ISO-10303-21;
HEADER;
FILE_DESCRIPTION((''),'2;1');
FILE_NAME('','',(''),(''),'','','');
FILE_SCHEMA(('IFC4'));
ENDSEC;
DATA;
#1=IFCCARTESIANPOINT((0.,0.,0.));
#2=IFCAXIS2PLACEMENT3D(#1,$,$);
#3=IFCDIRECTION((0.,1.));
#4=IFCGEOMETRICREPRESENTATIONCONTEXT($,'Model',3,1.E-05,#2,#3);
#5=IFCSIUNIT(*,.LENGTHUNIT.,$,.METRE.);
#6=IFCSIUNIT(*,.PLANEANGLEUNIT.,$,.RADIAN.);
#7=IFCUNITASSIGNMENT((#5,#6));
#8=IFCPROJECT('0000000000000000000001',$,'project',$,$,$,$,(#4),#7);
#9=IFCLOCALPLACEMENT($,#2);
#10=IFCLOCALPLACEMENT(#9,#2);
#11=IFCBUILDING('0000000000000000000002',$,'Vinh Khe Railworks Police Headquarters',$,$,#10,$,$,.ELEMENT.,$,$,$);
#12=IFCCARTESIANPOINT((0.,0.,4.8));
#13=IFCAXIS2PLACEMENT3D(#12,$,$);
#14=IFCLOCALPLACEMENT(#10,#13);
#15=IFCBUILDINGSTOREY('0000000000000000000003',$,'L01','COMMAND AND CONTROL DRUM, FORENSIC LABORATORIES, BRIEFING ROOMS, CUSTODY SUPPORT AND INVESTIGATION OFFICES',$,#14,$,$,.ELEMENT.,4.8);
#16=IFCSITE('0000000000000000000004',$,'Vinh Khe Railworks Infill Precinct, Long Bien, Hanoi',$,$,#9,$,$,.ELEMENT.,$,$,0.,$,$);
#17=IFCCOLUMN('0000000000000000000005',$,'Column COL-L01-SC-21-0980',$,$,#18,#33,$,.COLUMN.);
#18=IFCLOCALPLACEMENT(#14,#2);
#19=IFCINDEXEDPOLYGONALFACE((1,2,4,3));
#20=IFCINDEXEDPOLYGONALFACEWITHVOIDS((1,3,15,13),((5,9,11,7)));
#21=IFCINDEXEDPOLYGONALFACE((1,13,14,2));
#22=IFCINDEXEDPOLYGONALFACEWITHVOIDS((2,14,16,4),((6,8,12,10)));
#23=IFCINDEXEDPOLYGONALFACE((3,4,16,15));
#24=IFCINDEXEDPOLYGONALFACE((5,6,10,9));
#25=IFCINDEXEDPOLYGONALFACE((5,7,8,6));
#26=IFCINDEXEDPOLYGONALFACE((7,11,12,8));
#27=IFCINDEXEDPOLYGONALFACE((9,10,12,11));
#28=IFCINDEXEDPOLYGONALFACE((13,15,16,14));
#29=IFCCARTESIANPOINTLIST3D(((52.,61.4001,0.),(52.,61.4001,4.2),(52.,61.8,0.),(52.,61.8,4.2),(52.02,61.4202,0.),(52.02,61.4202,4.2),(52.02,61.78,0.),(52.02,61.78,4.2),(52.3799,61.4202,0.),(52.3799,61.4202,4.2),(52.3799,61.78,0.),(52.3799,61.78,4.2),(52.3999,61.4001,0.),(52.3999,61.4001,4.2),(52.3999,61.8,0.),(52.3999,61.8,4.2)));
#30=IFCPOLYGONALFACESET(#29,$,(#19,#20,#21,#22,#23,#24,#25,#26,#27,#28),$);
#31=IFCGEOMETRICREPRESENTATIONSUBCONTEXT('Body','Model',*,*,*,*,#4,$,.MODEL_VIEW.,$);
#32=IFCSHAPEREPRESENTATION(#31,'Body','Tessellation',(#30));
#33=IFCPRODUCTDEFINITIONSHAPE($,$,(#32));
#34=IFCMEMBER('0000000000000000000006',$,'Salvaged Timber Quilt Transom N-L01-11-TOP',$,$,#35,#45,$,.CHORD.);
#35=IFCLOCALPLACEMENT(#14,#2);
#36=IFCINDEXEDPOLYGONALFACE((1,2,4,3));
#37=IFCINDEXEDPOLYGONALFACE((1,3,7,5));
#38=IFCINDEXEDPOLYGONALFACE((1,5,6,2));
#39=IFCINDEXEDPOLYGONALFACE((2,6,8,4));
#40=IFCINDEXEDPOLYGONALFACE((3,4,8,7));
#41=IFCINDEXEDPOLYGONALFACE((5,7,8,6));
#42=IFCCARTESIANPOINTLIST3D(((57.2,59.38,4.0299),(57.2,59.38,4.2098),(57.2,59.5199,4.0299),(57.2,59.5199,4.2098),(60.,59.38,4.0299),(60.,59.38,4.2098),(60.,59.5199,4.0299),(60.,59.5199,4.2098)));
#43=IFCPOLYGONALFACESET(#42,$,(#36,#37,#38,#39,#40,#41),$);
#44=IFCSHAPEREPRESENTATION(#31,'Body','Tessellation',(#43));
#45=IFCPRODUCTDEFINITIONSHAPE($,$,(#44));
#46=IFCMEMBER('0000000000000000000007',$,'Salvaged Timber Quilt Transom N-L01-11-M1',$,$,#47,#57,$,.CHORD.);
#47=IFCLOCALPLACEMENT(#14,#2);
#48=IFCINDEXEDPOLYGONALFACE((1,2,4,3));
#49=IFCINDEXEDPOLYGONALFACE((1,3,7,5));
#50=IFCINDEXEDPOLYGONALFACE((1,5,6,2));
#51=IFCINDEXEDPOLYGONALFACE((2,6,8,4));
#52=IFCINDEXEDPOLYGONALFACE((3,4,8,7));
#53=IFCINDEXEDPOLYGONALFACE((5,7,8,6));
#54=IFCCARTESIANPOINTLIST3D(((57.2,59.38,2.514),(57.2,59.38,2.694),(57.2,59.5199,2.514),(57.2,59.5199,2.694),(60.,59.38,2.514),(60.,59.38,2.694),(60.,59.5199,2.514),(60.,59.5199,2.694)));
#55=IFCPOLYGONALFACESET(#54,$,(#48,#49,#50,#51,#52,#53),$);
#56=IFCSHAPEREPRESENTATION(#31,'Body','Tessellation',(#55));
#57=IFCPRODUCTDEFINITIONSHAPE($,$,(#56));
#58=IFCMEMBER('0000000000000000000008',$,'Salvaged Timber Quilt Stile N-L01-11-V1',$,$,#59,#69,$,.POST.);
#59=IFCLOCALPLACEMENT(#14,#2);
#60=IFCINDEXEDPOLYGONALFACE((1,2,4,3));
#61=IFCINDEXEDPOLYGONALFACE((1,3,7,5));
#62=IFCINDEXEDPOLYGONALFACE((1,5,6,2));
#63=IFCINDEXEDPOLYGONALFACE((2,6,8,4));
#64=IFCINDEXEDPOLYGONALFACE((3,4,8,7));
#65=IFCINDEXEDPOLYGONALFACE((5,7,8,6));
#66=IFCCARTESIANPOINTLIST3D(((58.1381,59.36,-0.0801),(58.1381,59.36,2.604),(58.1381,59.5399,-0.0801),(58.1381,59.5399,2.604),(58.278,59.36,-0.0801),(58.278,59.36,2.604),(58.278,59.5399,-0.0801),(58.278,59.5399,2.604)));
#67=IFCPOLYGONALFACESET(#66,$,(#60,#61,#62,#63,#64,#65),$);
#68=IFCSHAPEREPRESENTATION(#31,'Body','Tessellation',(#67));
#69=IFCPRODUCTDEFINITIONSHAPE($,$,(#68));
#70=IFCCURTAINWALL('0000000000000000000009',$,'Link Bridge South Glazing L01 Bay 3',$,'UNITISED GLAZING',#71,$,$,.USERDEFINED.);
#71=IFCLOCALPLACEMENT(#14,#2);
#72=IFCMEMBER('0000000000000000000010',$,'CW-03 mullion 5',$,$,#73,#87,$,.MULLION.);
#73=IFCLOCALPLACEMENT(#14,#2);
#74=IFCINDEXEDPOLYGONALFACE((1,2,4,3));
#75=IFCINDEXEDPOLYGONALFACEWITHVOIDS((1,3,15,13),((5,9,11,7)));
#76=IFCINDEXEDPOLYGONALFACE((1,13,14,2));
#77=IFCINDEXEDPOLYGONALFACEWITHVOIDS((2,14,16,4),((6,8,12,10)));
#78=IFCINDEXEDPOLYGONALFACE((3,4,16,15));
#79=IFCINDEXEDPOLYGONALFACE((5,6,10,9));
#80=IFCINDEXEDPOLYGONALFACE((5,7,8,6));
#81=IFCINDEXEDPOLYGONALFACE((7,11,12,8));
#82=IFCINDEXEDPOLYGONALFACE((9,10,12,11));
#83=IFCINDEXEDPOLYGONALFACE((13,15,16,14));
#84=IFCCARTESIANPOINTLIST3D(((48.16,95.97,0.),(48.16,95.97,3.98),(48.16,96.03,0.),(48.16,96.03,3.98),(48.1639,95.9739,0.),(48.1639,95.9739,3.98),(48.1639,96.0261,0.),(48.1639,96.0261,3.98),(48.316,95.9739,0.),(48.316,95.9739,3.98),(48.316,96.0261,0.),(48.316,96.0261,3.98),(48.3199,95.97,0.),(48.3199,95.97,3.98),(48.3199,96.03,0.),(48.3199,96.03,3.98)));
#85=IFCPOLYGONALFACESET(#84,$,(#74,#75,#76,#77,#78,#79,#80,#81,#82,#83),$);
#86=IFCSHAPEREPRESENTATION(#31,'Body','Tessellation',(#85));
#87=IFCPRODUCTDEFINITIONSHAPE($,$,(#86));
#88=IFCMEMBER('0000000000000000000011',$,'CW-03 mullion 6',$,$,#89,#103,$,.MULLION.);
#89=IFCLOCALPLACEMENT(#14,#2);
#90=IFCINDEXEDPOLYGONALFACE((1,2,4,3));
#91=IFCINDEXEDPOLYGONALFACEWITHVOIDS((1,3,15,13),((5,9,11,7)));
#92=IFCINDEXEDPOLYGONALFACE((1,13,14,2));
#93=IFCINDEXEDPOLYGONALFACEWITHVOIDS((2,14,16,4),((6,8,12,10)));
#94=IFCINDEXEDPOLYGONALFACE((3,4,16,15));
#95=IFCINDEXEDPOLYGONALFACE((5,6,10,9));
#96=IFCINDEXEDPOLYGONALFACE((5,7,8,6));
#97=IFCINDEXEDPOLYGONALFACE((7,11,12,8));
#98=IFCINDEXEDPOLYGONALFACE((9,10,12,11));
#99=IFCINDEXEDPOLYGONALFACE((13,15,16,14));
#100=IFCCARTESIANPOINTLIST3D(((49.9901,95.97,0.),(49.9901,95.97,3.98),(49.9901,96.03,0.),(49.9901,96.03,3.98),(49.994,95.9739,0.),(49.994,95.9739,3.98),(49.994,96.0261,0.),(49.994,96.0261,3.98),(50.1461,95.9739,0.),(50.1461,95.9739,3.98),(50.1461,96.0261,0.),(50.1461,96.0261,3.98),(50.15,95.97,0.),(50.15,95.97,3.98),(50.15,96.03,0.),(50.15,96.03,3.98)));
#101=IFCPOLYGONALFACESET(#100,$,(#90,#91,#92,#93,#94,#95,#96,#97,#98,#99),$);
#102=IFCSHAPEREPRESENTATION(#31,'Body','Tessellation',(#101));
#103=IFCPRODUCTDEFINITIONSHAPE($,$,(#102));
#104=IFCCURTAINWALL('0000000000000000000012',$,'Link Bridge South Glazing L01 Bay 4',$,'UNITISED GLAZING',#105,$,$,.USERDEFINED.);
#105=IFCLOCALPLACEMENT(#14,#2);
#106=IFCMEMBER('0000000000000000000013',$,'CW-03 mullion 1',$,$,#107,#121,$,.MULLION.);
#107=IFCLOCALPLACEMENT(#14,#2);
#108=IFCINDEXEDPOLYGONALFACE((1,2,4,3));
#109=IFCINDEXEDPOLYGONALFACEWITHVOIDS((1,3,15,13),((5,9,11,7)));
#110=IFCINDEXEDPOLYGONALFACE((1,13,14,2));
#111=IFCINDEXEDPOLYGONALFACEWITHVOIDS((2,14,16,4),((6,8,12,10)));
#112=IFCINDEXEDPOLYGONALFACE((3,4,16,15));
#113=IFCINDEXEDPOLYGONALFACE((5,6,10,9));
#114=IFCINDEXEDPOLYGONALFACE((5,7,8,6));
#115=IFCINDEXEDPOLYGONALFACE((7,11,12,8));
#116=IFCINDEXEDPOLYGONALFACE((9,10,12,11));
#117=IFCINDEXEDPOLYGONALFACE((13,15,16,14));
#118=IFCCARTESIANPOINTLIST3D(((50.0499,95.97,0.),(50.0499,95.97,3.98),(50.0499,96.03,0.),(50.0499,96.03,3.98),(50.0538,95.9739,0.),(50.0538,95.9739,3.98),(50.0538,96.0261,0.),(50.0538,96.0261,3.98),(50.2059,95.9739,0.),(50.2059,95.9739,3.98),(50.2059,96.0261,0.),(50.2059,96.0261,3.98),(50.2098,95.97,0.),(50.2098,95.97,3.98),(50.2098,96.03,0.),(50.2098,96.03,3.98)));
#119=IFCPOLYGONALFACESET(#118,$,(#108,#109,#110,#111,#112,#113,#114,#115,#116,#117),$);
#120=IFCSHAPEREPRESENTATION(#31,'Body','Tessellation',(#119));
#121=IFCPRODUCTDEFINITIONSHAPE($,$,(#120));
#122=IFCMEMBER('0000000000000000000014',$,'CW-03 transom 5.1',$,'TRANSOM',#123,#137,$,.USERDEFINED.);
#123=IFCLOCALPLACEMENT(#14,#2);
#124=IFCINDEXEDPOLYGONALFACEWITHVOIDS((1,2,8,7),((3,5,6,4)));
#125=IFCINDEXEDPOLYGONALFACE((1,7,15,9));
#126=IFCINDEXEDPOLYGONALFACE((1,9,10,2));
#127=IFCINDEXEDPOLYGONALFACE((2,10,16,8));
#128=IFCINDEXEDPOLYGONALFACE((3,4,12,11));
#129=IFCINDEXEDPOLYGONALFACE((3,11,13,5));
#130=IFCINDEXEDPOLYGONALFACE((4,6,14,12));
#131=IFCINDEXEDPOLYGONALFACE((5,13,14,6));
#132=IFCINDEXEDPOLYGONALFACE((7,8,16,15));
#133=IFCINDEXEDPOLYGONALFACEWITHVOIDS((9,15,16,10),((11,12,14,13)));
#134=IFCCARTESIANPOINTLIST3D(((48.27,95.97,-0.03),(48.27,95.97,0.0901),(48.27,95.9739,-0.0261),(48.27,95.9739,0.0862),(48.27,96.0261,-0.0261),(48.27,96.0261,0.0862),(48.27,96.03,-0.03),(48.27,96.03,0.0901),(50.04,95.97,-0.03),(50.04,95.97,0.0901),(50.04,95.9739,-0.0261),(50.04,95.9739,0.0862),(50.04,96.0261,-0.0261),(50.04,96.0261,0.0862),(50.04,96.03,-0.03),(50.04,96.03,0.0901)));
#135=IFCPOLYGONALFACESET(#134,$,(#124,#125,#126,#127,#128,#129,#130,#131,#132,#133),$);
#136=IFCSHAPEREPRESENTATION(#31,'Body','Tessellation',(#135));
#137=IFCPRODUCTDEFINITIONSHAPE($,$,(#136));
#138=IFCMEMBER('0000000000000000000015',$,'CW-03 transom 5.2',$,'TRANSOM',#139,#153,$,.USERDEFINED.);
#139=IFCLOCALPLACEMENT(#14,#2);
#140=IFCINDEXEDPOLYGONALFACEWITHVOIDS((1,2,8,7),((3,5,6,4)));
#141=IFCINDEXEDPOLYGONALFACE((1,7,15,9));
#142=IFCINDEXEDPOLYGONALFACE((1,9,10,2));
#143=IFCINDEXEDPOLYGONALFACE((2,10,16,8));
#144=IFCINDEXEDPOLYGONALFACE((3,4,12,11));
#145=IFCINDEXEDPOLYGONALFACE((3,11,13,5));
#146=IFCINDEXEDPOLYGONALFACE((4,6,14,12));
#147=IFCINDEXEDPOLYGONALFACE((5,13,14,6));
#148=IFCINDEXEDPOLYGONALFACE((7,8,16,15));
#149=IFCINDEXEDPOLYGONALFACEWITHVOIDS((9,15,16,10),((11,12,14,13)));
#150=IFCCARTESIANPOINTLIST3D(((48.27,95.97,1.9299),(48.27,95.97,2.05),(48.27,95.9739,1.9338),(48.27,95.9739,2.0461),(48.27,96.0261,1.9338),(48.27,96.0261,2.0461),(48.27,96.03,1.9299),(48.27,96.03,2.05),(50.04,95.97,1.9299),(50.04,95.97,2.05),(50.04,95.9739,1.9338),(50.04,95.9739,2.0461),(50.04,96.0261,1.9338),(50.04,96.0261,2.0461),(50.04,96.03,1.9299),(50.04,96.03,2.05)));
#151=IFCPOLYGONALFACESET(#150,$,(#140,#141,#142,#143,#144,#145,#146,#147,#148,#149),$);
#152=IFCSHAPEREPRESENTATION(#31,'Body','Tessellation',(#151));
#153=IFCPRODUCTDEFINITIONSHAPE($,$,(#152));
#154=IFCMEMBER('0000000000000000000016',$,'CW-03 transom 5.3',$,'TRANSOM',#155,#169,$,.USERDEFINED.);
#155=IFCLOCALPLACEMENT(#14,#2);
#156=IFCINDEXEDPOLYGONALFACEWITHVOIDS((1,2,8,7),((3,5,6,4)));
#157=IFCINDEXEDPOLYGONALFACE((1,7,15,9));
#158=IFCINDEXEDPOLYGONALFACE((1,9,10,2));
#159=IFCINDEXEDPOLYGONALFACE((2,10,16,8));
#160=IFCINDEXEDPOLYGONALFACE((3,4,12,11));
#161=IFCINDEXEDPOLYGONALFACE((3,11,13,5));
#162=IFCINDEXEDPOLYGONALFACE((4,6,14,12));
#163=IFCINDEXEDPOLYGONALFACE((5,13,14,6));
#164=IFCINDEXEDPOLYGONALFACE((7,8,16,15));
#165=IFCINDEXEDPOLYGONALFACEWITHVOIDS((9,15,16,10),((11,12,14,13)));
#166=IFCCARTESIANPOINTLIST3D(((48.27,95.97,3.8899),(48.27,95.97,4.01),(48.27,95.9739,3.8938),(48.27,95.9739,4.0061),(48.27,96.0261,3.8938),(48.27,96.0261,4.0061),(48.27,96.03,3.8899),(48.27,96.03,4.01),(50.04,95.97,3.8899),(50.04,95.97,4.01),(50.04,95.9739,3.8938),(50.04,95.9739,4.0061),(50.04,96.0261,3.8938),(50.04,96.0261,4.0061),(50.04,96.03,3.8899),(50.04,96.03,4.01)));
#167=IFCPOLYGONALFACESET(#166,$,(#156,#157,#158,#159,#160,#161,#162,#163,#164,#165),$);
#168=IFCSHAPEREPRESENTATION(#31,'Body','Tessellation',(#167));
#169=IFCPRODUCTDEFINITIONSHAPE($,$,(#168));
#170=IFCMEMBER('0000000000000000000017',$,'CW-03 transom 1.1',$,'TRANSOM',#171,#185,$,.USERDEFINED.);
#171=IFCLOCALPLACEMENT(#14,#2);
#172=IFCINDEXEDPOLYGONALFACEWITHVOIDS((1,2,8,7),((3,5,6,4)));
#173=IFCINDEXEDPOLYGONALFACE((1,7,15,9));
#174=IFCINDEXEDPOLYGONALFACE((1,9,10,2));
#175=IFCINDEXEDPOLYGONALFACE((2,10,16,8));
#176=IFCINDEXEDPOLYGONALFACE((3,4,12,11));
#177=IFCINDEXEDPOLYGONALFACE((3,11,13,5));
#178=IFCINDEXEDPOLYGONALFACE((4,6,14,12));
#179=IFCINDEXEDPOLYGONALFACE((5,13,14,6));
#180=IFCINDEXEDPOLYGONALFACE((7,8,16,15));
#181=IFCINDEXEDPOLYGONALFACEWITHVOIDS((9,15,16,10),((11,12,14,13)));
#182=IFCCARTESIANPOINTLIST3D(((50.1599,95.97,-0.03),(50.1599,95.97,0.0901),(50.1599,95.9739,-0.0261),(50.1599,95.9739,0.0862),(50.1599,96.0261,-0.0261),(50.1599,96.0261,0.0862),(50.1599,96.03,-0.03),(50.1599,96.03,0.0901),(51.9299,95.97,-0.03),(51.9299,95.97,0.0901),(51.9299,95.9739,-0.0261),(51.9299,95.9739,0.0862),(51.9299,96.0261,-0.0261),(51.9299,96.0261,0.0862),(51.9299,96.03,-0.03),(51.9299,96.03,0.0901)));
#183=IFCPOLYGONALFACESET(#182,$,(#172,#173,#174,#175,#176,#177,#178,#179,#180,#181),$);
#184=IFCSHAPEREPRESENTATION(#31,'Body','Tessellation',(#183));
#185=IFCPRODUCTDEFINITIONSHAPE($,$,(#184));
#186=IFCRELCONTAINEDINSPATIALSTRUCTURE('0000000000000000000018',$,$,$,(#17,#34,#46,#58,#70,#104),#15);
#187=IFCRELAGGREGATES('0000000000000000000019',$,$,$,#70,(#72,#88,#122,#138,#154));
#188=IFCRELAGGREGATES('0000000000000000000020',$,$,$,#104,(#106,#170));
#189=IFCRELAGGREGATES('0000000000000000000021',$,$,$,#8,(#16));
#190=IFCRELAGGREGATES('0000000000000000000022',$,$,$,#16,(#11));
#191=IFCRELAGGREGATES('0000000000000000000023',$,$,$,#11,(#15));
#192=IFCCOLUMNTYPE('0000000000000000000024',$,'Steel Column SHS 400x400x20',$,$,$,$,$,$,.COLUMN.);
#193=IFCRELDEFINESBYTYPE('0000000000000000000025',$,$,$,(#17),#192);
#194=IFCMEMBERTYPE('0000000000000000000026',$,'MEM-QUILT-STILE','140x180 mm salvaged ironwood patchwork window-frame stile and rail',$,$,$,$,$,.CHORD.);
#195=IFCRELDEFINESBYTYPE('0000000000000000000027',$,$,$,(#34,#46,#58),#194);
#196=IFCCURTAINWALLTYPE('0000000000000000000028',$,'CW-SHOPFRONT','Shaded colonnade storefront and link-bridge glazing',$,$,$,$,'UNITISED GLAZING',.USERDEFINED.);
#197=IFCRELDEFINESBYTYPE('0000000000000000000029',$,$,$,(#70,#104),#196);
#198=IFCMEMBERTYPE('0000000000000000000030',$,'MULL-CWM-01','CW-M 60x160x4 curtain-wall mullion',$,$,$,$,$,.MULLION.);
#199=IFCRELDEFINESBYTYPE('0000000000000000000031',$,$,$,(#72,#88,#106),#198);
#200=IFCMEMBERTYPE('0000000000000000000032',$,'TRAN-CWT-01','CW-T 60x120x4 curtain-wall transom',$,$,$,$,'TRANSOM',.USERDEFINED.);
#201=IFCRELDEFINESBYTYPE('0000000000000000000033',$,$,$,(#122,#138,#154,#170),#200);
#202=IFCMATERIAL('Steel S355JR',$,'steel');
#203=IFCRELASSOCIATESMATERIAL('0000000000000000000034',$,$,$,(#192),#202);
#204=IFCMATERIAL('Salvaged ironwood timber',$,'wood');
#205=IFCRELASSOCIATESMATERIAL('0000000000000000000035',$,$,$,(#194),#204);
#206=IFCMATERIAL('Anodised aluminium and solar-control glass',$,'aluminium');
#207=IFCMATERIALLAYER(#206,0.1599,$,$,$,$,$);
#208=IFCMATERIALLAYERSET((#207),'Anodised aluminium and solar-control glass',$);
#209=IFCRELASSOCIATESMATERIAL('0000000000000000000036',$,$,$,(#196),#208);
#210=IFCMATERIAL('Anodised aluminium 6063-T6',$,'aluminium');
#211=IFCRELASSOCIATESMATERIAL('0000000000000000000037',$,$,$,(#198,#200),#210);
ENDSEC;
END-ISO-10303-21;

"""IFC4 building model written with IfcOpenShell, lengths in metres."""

from ifc_helpers import new_model, si_unit, direction, frame, origin, origin_2d, place, context, subcontext, project, spatial, rectangle, hollow_rectangle, extrude, material, layer, layer_set, material_profile, profile_set, type_object, element, aggregate, save


model = new_model("IFC4")

# Units and contexts
model_context = context("Model", 3, precision=1e-05, world=origin(), true_north=direction((0.0, 1.0)))
body_context = subcontext(model_context, "Body", "Model", "MODEL_VIEW")
ifc_project = project(units=[si_unit("LENGTHUNIT", "METRE"), si_unit("PLANEANGLEUNIT", "RADIAN")], contexts=[model_context])

# Site, building, storey
site_placement = place(None, origin())
site = spatial("IfcSite", under=ifc_project, at=site_placement, Name="Vinh Khe Railworks Infill Precinct, Long Bien, Hanoi", CompositionType="ELEMENT", RefElevation=0.0)
building_placement = place(site_placement, origin())
building = spatial("IfcBuilding", under=site, at=building_placement, Name="Vinh Khe Railworks Police Headquarters", CompositionType="ELEMENT")
storey_placement = place(building_placement, frame((0.0, 0.0, 4.8)))
storey = spatial("IfcBuildingStorey", under=building, at=storey_placement, Name="L01", Description="COMMAND AND CONTROL DRUM, FORENSIC LABORATORIES, BRIEFING ROOMS, CUSTODY SUPPORT AND INVESTIGATION OFFICES", CompositionType="ELEMENT", Elevation=4.8)

# Column
ifc_material_1 = material(Name="Steel S355JR", Category="steel")
ifc_material_profile_1 = material_profile(ifc_material_1, hollow_rectangle(XDim=0.3999, YDim=0.3999, WallThickness=0.02, at=origin_2d()), Name="SHS 400x400x20")
ifc_profile_set_1 = profile_set([ifc_material_profile_1], Name="Steel S355JR")
column_type = type_object("IfcColumnType", Name="Steel Column SHS 400x400x20", PredefinedType="COLUMN", material=ifc_profile_set_1)
column_placement = place(storey_placement, frame((52.2, 61.6001, 0.0), z_axis=(0.0, 0.0, 1.0), x_axis=(1.0, 0.0, 0.0)))
element("IfcColumn", 1, at=column_placement, inside=storey, type_object=column_type, Name="Column COL-L01-SC-21-0980", PredefinedType="COLUMN", context=body_context, shape_type="SweptSolid", body=[
    extrude(hollow_rectangle(XDim=0.3999, YDim=0.3999, WallThickness=0.02, at=origin_2d()), origin(), (0.0, 0.0, 1.0), 4.2),
])

# Members
ifc_material_2 = material(Name="Salvaged ironwood timber", Category="wood")
ifc_material_profile_2 = material_profile(ifc_material_2, rectangle(XDim=0.1399, YDim=0.1799, at=origin_2d()), Name="TIMBER 140x180")
ifc_profile_set_2 = profile_set([ifc_material_profile_2], Name="Salvaged ironwood timber")
member_type_1 = type_object("IfcMemberType", Name="MEM-QUILT-STILE", Description="140x180 mm salvaged ironwood patchwork window-frame stile and rail", PredefinedType="CHORD", material=ifc_profile_set_2)
for number, where, z_axis, x_axis, name in (
    (2, (57.2, 59.45, 4.1199), (1.0, 0.0, 0.0), (0.0, 1.0, 0.0), "Salvaged Timber Quilt Transom N-L01-11-TOP"),
    (3, (57.2, 59.45, 2.604), (1.0, 0.0, 0.0), (0.0, 1.0, 0.0), "Salvaged Timber Quilt Transom N-L01-11-M1"),
):
    element("IfcMember", number, at=place(storey_placement, frame(where, z_axis=z_axis, x_axis=x_axis)), inside=storey, type_object=member_type_1, Name=name, PredefinedType="CHORD", context=body_context, shape_type="SweptSolid", body=[
        extrude(rectangle(XDim=0.1399, YDim=0.1799, at=origin_2d()), origin(), (0.0, 0.0, 1.0), 2.8),
    ])
member_1_placement = place(storey_placement, frame((58.208, 59.45, -0.0801), z_axis=(0.0, 0.0, 1.0), x_axis=(1.0, 0.0, 0.0)))
element("IfcMember", 4, at=member_1_placement, inside=storey, type_object=member_type_1, Name="Salvaged Timber Quilt Stile N-L01-11-V1", PredefinedType="POST", context=body_context, shape_type="SweptSolid", body=[
    extrude(rectangle(XDim=0.1399, YDim=0.1799, at=origin_2d()), origin(), (0.0, 0.0, 1.0), 2.6841),
])

# Curtain wall, members
ifc_material_3 = material(Name="Anodised aluminium and solar-control glass", Category="aluminium")
ifc_layer_1 = layer(ifc_material_3, 0.1599)
ifc_layer_set_1 = layer_set([ifc_layer_1], Name="Anodised aluminium and solar-control glass")
curtain_wall_type = type_object("IfcCurtainWallType", Name="CW-SHOPFRONT", Description="Shaded colonnade storefront and link-bridge glazing", ElementType="UNITISED GLAZING", PredefinedType="USERDEFINED", material=ifc_layer_set_1)
curtain_wall_1_placement = place(storey_placement, origin())
curtain_wall_1 = element("IfcCurtainWall", 5, at=curtain_wall_1_placement, inside=storey, type_object=curtain_wall_type, Name="Link Bridge South Glazing L01 Bay 3", ObjectType="UNITISED GLAZING", PredefinedType="USERDEFINED")
ifc_material_4 = material(Name="Anodised aluminium 6063-T6", Category="aluminium")
ifc_material_profile_3 = material_profile(ifc_material_4, hollow_rectangle(XDim=0.0601, YDim=0.1599, WallThickness=0.0039, at=origin_2d()), Name="CW-M 60x160x4")
ifc_profile_set_3 = profile_set([ifc_material_profile_3], Name="Anodised aluminium 6063-T6")
member_type_2 = type_object("IfcMemberType", Name="MULL-CWM-01", Description="CW-M 60x160x4 curtain-wall mullion", PredefinedType="MULLION", material=ifc_profile_set_3)
member_2_placement = place(storey_placement, frame((48.24, 96.0, 0.0), z_axis=(0.0, 0.0, 1.0), x_axis=(0.0, 1.0, 0.0)))
member_2 = element("IfcMember", 6, at=member_2_placement, type_object=member_type_2, Name="CW-03 mullion 5", PredefinedType="MULLION", context=body_context, shape_type="SweptSolid", body=[
    extrude(hollow_rectangle(XDim=0.0601, YDim=0.1599, WallThickness=0.0039, at=origin_2d()), origin(), (0.0, 0.0, 1.0), 3.98),
])
member_3_placement = place(storey_placement, frame((50.0701, 96.0, 0.0), z_axis=(0.0, 0.0, 1.0), x_axis=(0.0, 1.0, 0.0)))
member_3 = element("IfcMember", 7, at=member_3_placement, type_object=member_type_2, Name="CW-03 mullion 6", PredefinedType="MULLION", context=body_context, shape_type="SweptSolid", body=[
    extrude(hollow_rectangle(XDim=0.0601, YDim=0.1599, WallThickness=0.0039, at=origin_2d()), origin(), (0.0, 0.0, 1.0), 3.98),
])

# Curtain wall, member
curtain_wall_2_placement = place(storey_placement, origin())
curtain_wall_2 = element("IfcCurtainWall", 8, at=curtain_wall_2_placement, inside=storey, type_object=curtain_wall_type, Name="Link Bridge South Glazing L01 Bay 4", ObjectType="UNITISED GLAZING", PredefinedType="USERDEFINED")
member_4_placement = place(storey_placement, frame((50.1299, 96.0, 0.0), z_axis=(0.0, 0.0, 1.0), x_axis=(0.0, 1.0, 0.0)))
member_4 = element("IfcMember", 9, at=member_4_placement, type_object=member_type_2, Name="CW-03 mullion 1", PredefinedType="MULLION", context=body_context, shape_type="SweptSolid", body=[
    extrude(hollow_rectangle(XDim=0.0601, YDim=0.1599, WallThickness=0.0039, at=origin_2d()), origin(), (0.0, 0.0, 1.0), 3.98),
])

# Members
ifc_material_profile_4 = material_profile(ifc_material_4, hollow_rectangle(XDim=0.0601, YDim=0.1201, WallThickness=0.0039, at=origin_2d()), Name="CW-T 60x120x4")
ifc_profile_set_4 = profile_set([ifc_material_profile_4], Name="Anodised aluminium 6063-T6")
member_type_3 = type_object("IfcMemberType", Name="TRAN-CWT-01", Description="CW-T 60x120x4 curtain-wall transom", ElementType="TRANSOM", PredefinedType="USERDEFINED", material=ifc_profile_set_4)
member_5_placement = place(storey_placement, frame((48.27, 96.0, 0.03), z_axis=(1.0, 0.0, 0.0), x_axis=(0.0, 1.0, 0.0)))
member_5 = element("IfcMember", 10, at=member_5_placement, type_object=member_type_3, Name="CW-03 transom 5.1", ObjectType="TRANSOM", PredefinedType="USERDEFINED", context=body_context, shape_type="SweptSolid", body=[
    extrude(hollow_rectangle(XDim=0.0601, YDim=0.1201, WallThickness=0.0039, at=origin_2d()), origin(), (0.0, 0.0, 1.0), 1.77),
])
member_6_placement = place(storey_placement, frame((48.27, 96.0, 1.99), z_axis=(1.0, 0.0, 0.0), x_axis=(0.0, 1.0, 0.0)))
member_6 = element("IfcMember", 11, at=member_6_placement, type_object=member_type_3, Name="CW-03 transom 5.2", ObjectType="TRANSOM", PredefinedType="USERDEFINED", context=body_context, shape_type="SweptSolid", body=[
    extrude(hollow_rectangle(XDim=0.0601, YDim=0.1201, WallThickness=0.0039, at=origin_2d()), origin(), (0.0, 0.0, 1.0), 1.77),
])
member_7_placement = place(storey_placement, frame((48.27, 96.0, 3.95), z_axis=(1.0, 0.0, 0.0), x_axis=(0.0, 1.0, 0.0)))
member_7 = element("IfcMember", 12, at=member_7_placement, type_object=member_type_3, Name="CW-03 transom 5.3", ObjectType="TRANSOM", PredefinedType="USERDEFINED", context=body_context, shape_type="SweptSolid", body=[
    extrude(hollow_rectangle(XDim=0.0601, YDim=0.1201, WallThickness=0.0039, at=origin_2d()), origin(), (0.0, 0.0, 1.0), 1.77),
])
member_8_placement = place(storey_placement, frame((50.1599, 96.0, 0.03), z_axis=(1.0, 0.0, 0.0), x_axis=(0.0, 1.0, 0.0)))
member_8 = element("IfcMember", 13, at=member_8_placement, type_object=member_type_3, Name="CW-03 transom 1.1", ObjectType="TRANSOM", PredefinedType="USERDEFINED", context=body_context, shape_type="SweptSolid", body=[
    extrude(hollow_rectangle(XDim=0.0601, YDim=0.1201, WallThickness=0.0039, at=origin_2d()), origin(), (0.0, 0.0, 1.0), 1.77),
])

aggregate(curtain_wall_1, [member_2, member_3, member_5, member_6, member_7])
aggregate(curtain_wall_2, [member_4, member_8])

save(model, "model.ifc")
